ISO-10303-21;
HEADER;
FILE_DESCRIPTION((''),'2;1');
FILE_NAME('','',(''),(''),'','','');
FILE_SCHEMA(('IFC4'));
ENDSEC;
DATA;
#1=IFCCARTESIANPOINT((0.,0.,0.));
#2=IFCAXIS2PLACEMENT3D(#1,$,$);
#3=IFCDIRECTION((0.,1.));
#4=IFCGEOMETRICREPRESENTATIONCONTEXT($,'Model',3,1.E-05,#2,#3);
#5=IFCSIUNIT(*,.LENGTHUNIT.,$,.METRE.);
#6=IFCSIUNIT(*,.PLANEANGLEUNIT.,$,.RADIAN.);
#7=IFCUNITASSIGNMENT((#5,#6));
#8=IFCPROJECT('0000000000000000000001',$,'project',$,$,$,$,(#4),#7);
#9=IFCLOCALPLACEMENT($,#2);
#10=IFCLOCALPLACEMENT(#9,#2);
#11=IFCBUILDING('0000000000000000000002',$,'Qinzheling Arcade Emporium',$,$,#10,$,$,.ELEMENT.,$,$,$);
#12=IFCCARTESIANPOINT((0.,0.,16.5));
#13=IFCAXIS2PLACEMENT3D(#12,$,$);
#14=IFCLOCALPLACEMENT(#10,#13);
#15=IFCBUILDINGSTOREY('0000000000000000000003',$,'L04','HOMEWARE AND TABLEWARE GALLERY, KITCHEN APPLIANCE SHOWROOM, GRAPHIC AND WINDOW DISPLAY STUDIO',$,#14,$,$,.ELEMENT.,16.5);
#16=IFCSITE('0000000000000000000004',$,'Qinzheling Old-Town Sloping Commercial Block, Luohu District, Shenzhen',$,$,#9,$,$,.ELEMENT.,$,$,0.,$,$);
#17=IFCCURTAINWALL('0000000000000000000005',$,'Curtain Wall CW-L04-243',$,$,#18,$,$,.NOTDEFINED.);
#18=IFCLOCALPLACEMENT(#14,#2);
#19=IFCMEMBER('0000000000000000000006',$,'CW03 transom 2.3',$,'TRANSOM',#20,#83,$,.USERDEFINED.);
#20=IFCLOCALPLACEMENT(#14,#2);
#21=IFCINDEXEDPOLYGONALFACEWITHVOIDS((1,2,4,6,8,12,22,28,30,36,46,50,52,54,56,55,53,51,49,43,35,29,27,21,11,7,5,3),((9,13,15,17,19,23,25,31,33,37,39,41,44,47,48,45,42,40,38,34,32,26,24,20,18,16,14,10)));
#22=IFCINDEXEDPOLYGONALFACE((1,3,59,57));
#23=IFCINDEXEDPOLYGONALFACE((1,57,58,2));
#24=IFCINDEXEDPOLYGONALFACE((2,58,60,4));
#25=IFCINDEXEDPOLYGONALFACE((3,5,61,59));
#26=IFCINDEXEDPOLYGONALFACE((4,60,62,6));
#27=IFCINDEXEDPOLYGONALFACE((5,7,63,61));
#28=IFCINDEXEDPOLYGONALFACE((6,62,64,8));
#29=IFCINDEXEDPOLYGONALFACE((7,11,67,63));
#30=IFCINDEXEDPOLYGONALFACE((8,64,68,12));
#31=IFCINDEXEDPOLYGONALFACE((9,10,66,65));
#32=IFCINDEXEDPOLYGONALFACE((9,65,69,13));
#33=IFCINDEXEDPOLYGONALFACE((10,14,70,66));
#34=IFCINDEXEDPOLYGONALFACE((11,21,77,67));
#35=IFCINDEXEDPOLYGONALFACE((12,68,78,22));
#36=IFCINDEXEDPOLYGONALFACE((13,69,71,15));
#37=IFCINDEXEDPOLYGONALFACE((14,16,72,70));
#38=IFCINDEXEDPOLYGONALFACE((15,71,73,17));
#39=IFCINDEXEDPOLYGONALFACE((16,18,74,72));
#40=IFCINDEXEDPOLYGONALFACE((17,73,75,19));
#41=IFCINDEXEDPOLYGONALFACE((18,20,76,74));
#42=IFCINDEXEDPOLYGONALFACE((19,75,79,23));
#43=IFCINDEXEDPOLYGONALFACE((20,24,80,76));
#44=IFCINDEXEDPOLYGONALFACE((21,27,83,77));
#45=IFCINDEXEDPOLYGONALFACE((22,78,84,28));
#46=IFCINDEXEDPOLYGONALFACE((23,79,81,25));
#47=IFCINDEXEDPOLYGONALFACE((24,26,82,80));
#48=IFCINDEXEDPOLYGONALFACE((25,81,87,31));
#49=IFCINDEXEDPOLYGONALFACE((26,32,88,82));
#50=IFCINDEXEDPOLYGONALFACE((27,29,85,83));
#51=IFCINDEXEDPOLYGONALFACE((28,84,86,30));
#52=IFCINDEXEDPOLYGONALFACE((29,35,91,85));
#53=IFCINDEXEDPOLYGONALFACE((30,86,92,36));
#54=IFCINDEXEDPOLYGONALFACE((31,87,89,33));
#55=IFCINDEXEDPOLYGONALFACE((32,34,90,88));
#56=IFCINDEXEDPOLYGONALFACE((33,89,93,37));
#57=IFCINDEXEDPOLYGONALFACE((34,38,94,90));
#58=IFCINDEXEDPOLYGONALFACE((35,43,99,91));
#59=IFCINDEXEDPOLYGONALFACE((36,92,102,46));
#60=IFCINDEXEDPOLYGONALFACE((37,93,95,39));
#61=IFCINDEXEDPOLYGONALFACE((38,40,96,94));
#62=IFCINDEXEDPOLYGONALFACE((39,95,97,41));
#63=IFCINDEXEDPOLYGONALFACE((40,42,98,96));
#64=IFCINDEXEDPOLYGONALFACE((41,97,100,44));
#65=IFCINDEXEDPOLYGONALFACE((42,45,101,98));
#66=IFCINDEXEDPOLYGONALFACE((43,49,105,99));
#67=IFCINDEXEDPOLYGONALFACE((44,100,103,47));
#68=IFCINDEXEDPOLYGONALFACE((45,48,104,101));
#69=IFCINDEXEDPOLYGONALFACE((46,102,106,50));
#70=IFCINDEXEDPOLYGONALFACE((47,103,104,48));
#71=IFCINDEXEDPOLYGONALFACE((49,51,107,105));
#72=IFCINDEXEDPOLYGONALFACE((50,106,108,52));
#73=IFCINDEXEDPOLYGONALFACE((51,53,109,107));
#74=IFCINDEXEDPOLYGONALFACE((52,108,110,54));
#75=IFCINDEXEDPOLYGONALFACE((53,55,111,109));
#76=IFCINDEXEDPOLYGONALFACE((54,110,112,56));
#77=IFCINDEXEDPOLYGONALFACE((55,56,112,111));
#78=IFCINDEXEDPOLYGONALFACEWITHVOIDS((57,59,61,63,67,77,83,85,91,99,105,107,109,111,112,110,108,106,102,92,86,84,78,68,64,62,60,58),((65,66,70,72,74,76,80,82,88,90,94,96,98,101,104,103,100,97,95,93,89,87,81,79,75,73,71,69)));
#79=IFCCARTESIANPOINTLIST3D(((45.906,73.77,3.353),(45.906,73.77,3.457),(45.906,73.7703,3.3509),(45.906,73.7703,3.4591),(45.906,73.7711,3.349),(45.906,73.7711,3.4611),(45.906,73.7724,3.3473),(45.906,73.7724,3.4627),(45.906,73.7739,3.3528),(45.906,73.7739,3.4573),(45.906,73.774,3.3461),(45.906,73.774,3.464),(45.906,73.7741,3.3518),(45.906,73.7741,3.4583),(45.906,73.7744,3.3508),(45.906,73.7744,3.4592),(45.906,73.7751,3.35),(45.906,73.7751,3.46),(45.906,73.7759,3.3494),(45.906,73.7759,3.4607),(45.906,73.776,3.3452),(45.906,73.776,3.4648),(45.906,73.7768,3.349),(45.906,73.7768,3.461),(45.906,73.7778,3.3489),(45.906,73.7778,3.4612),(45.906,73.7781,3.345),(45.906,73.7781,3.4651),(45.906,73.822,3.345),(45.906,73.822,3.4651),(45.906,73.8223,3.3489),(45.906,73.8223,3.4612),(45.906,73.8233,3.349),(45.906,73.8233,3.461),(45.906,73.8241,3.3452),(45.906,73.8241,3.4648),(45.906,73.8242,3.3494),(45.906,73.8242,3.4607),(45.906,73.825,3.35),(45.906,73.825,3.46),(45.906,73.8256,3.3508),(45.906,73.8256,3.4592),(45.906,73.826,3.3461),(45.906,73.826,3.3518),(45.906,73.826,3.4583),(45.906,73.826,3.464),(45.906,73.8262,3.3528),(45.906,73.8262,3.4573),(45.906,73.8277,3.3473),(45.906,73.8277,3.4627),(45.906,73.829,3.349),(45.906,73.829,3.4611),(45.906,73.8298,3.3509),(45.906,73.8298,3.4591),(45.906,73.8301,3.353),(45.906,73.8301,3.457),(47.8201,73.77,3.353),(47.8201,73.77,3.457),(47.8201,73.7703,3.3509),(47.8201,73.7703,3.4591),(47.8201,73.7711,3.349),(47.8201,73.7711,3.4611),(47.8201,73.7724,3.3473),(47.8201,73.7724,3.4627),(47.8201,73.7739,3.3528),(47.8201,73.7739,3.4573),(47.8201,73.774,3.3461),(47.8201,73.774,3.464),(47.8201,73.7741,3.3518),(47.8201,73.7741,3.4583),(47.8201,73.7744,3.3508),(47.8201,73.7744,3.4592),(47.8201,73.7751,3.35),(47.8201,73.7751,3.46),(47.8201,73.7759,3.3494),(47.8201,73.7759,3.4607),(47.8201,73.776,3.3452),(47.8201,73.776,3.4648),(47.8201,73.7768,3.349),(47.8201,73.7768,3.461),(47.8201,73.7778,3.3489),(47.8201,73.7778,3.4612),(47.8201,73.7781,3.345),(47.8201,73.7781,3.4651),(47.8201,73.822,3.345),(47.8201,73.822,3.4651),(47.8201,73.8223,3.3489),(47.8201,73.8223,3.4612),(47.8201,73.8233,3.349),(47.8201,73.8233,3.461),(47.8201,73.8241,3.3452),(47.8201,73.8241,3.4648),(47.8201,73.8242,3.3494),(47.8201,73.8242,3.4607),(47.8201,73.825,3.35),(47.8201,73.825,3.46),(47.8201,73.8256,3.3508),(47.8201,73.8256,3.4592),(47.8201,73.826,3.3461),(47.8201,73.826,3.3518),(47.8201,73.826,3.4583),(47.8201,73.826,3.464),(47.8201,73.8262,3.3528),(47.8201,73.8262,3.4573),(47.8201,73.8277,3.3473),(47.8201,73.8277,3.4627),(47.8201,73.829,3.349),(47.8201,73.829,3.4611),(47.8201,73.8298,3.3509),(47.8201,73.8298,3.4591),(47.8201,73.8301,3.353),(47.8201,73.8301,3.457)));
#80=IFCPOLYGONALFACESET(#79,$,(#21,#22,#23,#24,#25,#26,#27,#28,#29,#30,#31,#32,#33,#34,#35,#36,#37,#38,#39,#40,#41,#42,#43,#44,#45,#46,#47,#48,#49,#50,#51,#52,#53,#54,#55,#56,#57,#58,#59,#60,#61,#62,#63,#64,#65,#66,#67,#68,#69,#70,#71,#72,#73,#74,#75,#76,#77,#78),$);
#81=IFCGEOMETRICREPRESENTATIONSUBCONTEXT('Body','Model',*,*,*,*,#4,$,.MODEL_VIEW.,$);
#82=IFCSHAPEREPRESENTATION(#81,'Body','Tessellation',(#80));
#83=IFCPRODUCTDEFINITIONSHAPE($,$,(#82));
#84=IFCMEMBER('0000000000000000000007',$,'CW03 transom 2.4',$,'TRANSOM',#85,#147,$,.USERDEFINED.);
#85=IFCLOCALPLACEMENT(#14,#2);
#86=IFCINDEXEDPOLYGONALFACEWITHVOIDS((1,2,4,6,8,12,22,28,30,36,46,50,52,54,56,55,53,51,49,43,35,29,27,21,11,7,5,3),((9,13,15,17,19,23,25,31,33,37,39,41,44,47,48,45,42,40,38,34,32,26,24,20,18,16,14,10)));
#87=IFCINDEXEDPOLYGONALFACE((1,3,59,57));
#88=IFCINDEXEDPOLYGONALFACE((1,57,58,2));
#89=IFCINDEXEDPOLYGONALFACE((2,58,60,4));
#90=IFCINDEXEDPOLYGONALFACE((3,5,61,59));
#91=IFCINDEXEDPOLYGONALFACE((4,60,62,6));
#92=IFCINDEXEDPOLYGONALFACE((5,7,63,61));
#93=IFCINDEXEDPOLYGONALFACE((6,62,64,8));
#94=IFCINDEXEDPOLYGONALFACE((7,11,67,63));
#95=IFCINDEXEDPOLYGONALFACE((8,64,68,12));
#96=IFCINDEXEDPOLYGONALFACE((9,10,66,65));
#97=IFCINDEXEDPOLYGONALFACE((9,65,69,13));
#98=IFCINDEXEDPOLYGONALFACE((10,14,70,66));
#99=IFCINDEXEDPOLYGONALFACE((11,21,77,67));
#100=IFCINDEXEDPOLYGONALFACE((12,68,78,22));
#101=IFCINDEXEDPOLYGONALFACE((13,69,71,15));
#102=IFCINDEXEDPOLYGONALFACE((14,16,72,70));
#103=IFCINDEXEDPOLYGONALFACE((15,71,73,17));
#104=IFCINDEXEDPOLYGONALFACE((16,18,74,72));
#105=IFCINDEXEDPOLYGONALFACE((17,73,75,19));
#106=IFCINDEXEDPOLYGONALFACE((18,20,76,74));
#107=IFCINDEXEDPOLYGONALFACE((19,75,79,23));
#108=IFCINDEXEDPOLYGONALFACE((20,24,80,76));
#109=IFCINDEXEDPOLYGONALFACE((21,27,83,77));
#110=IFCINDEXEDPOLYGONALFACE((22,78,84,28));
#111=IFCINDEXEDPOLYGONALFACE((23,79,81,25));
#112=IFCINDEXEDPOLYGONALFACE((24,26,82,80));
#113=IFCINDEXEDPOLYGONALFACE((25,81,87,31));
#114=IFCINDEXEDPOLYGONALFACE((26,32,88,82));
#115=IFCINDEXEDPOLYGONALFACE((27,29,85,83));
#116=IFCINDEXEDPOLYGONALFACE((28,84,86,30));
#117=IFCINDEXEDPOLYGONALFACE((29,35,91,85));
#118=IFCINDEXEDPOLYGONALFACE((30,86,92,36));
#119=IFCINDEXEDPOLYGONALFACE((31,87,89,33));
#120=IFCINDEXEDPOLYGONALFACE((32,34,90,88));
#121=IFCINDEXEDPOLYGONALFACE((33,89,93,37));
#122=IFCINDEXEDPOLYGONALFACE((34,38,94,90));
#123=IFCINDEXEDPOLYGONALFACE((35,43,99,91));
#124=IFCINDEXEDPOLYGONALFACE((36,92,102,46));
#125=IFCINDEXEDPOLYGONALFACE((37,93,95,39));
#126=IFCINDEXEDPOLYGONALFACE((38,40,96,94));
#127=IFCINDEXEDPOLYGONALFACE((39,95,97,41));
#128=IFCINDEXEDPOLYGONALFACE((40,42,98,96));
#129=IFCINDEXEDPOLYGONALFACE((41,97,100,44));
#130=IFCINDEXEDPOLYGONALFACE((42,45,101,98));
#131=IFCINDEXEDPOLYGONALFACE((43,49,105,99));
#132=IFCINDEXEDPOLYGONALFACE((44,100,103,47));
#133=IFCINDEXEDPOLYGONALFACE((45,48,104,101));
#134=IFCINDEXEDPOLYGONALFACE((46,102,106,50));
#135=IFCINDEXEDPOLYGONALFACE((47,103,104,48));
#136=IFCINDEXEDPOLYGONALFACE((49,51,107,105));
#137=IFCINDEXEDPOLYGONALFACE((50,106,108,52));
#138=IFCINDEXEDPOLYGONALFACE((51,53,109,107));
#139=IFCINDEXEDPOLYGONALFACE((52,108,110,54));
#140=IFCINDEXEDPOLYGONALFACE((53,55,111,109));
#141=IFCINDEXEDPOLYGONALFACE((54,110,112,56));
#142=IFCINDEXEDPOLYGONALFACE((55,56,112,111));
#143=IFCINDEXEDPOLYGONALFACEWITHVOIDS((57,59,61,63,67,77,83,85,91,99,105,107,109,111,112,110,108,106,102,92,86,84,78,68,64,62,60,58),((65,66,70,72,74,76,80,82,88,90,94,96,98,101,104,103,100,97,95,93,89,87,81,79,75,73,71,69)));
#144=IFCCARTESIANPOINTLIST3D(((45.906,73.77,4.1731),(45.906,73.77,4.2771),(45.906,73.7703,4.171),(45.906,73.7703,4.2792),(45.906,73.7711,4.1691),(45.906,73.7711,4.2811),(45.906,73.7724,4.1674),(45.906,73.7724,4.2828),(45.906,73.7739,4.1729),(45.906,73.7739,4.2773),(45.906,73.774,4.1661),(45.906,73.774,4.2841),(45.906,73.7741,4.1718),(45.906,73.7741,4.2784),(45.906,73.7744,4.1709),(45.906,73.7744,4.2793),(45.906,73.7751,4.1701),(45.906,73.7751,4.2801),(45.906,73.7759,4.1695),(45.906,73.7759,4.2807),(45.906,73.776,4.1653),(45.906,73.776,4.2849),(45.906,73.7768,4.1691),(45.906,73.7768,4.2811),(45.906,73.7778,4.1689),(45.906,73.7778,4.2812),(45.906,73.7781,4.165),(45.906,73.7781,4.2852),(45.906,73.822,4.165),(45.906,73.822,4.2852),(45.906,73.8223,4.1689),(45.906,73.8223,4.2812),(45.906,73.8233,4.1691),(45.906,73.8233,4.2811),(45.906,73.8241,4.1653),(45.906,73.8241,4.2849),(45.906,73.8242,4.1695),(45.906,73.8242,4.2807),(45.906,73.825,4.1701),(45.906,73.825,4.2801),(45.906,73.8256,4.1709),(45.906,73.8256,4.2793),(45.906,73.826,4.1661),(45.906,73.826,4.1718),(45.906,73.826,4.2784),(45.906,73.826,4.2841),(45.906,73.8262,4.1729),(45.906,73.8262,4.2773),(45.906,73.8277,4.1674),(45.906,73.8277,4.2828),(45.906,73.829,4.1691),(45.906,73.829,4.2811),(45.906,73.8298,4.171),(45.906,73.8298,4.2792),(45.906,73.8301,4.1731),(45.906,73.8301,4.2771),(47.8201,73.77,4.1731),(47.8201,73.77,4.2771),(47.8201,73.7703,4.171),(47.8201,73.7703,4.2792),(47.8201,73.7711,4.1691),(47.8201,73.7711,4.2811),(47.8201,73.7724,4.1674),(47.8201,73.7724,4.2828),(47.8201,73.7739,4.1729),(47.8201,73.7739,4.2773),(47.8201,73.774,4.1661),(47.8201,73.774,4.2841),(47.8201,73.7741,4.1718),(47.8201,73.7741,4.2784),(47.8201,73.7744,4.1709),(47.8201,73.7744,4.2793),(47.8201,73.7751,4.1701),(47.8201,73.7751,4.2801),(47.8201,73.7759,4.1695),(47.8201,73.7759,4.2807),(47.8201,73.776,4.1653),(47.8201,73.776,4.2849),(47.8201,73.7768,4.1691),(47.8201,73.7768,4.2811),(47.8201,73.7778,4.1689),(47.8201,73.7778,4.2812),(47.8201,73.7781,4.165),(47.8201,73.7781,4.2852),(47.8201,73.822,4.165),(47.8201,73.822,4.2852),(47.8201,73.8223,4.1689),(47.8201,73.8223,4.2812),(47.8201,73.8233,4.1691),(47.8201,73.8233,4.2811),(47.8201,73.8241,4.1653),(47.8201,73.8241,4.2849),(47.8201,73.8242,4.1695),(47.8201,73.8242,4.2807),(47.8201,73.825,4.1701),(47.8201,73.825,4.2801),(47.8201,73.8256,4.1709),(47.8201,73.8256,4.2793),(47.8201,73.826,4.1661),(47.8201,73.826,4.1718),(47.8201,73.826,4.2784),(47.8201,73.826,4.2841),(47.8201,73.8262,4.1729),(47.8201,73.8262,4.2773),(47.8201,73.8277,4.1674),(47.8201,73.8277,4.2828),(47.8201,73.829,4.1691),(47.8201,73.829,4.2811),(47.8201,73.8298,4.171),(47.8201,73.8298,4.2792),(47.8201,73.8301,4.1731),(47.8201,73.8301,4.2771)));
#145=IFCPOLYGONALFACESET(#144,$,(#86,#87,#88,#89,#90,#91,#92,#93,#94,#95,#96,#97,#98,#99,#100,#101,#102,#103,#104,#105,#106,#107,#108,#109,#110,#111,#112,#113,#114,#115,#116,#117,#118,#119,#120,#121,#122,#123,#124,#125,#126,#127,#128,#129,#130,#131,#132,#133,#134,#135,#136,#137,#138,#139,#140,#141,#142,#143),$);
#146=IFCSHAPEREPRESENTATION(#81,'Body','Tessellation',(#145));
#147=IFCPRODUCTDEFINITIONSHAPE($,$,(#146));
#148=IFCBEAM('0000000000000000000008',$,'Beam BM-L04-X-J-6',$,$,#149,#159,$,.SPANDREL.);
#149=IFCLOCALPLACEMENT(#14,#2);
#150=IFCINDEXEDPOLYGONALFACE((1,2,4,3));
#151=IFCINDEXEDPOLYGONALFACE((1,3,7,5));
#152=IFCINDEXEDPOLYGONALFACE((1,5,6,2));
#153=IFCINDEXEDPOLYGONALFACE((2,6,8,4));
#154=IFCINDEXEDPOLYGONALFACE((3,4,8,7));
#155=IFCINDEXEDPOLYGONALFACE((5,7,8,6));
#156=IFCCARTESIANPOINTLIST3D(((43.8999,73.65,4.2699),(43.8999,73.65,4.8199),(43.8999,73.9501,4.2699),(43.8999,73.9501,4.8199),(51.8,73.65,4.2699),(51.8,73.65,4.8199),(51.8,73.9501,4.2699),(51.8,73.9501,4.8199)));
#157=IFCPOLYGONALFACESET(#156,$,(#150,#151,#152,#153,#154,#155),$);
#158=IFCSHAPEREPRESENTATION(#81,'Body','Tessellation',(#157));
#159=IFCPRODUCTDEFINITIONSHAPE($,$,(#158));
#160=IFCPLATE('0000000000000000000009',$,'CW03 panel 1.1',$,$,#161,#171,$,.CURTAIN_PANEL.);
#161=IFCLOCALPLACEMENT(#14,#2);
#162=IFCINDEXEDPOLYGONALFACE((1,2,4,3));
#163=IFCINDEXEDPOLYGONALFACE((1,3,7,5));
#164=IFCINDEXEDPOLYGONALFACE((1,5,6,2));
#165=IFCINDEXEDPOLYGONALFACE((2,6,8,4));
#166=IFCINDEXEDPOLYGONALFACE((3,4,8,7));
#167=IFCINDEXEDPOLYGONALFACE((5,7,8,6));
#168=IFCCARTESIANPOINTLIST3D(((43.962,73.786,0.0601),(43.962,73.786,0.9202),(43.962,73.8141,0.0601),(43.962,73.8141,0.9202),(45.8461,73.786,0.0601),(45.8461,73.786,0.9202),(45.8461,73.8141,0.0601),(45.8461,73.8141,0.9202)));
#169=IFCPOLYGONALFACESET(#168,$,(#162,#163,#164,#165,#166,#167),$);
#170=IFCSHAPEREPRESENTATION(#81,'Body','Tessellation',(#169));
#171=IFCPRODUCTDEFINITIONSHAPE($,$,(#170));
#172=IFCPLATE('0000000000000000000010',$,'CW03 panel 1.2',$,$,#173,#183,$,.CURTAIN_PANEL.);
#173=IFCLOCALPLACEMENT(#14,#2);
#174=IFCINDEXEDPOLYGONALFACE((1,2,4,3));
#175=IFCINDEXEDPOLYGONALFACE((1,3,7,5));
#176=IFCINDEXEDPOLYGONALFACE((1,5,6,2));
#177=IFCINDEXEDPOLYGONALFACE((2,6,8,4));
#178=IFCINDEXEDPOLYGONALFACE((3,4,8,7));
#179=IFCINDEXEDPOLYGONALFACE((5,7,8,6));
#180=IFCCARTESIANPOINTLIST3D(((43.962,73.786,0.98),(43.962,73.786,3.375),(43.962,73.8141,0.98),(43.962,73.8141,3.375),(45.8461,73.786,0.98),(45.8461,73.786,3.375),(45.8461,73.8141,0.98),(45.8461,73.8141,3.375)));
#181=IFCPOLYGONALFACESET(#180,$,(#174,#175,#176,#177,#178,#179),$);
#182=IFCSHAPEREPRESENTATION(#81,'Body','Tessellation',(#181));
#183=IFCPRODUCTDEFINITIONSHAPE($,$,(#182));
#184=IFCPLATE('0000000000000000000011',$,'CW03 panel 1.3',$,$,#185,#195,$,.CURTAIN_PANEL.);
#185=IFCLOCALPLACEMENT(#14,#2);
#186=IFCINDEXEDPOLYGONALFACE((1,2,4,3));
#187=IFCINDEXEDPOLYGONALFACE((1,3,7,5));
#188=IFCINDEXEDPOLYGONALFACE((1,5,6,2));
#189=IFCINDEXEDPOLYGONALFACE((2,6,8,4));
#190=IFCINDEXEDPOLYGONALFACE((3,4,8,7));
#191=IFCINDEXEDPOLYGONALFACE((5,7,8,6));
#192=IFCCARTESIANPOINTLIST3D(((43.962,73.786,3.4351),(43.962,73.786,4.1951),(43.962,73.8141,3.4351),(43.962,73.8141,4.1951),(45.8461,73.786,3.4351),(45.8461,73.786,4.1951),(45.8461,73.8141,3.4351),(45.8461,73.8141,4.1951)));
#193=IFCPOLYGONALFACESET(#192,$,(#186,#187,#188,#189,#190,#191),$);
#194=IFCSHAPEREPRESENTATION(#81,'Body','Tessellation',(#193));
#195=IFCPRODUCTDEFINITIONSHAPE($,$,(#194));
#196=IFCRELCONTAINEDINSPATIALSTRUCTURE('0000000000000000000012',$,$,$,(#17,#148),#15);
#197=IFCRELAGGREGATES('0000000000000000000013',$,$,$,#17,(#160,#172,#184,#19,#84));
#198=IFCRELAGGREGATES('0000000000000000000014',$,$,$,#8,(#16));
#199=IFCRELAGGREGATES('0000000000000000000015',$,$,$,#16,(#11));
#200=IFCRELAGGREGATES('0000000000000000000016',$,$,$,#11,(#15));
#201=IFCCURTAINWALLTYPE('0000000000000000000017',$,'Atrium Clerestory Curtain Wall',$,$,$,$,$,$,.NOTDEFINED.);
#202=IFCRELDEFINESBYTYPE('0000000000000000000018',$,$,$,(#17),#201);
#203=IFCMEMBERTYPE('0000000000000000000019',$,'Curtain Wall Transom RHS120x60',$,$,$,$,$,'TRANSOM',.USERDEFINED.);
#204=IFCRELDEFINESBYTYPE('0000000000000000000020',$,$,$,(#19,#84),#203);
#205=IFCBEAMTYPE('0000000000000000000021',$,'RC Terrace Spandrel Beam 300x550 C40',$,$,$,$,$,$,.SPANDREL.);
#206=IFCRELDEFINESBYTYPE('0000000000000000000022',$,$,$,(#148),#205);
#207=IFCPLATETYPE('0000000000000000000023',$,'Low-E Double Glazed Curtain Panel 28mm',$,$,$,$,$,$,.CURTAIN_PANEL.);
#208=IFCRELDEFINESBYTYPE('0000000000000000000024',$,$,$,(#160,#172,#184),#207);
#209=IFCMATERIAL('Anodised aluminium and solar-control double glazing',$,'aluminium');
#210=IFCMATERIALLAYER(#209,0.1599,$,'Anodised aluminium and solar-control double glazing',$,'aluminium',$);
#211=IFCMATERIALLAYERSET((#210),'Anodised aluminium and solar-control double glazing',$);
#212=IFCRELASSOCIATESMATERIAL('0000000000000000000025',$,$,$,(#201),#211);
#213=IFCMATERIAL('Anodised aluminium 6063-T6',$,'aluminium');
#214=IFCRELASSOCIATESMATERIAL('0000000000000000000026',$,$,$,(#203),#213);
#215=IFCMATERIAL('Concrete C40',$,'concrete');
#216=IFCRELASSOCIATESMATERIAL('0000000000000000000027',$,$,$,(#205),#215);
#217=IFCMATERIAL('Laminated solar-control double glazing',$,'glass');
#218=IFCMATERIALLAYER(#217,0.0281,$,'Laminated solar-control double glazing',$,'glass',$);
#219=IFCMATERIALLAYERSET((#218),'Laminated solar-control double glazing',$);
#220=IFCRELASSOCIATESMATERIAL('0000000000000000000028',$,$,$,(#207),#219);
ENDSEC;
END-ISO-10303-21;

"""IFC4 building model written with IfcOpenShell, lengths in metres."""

from ifc_helpers import new_model, si_unit, direction, frame, origin, origin_2d, place, context, subcontext, project, spatial, rectangle, hollow_rectangle, extrude, material, layer, layer_set, material_profile, profile_set, type_object, element, aggregate, save


model = new_model("IFC4")

# Units and contexts
model_context = context("Model", 3, precision=1e-05, world=origin(), true_north=direction((0.0, 1.0)))
body_context = subcontext(model_context, "Body", "Model", "MODEL_VIEW")
ifc_project = project(units=[si_unit("LENGTHUNIT", "METRE"), si_unit("PLANEANGLEUNIT", "RADIAN")], contexts=[model_context])

# Site, building, storey
site_placement = place(None, origin())
site = spatial("IfcSite", under=ifc_project, at=site_placement, Name="Qinzheling Old-Town Sloping Commercial Block, Luohu District, Shenzhen", CompositionType="ELEMENT", RefElevation=0.0)
building_placement = place(site_placement, origin())
building = spatial("IfcBuilding", under=site, at=building_placement, Name="Qinzheling Arcade Emporium", CompositionType="ELEMENT")
storey_placement = place(building_placement, frame((0.0, 0.0, 16.5)))
storey = spatial("IfcBuildingStorey", under=building, at=storey_placement, Name="L04", Description="HOMEWARE AND TABLEWARE GALLERY, KITCHEN APPLIANCE SHOWROOM, GRAPHIC AND WINDOW DISPLAY STUDIO", CompositionType="ELEMENT", Elevation=16.5)

# Curtain wall, members
ifc_material_1 = material(Name="Anodised aluminium and solar-control double glazing", Category="aluminium")
ifc_layer_1 = layer(ifc_material_1, 0.1599, Name="Anodised aluminium and solar-control double glazing", Category="aluminium")
ifc_layer_set_1 = layer_set([ifc_layer_1], Name="Anodised aluminium and solar-control double glazing")
curtain_wall_type = type_object("IfcCurtainWallType", Name="Atrium Clerestory Curtain Wall", PredefinedType="NOTDEFINED", material=ifc_layer_set_1)
curtain_wall_placement = place(storey_placement, origin())
curtain_wall = element("IfcCurtainWall", 1, at=curtain_wall_placement, inside=storey, type_object=curtain_wall_type, Name="Curtain Wall CW-L04-243", PredefinedType="NOTDEFINED")
ifc_material_2 = material(Name="Anodised aluminium 6063-T6", Category="aluminium")
ifc_material_profile_1 = material_profile(ifc_material_2, hollow_rectangle(XDim=0.0601, YDim=0.1201, WallThickness=0.0039, InnerFilletRadius=0.0039, OuterFilletRadius=0.0081, at=origin_2d()), Name="RHS 120x60x4", Category="aluminium")
ifc_profile_set_1 = profile_set([ifc_material_profile_1], Name="Anodised aluminium 6063-T6")
member_type_1 = type_object("IfcMemberType", Name="Curtain Wall Transom RHS120x60", ElementType="TRANSOM", PredefinedType="USERDEFINED", material=ifc_profile_set_1)
member_1_placement = place(storey_placement, frame((45.906, 73.8, 3.405), z_axis=(1.0, 0.0, 0.0), x_axis=(0.0, 1.0, 0.0)))
member_1 = element("IfcMember", 2, at=member_1_placement, type_object=member_type_1, Name="CW03 transom 2.3", ObjectType="TRANSOM", PredefinedType="USERDEFINED", context=body_context, shape_type="SweptSolid", body=[
    extrude(hollow_rectangle(XDim=0.0601, YDim=0.1201, WallThickness=0.0039, InnerFilletRadius=0.0039, OuterFilletRadius=0.0081, at=origin_2d()), origin(), (0.0, 0.0, 1.0), 1.9141),
])
member_2_placement = place(storey_placement, frame((45.906, 73.8, 4.2251), z_axis=(1.0, 0.0, 0.0), x_axis=(0.0, 1.0, 0.0)))
member_2 = element("IfcMember", 3, at=member_2_placement, type_object=member_type_1, Name="CW03 transom 2.4", ObjectType="TRANSOM", PredefinedType="USERDEFINED", context=body_context, shape_type="SweptSolid", body=[
    extrude(hollow_rectangle(XDim=0.0601, YDim=0.1201, WallThickness=0.0039, InnerFilletRadius=0.0039, OuterFilletRadius=0.0081, at=origin_2d()), origin(), (0.0, 0.0, 1.0), 1.9141),
])

# Beam
ifc_material_3 = material(Name="Concrete C40", Category="concrete")
ifc_material_profile_2 = material_profile(ifc_material_3, rectangle(XDim=0.3, YDim=0.55, at=origin_2d()), Name="RC 300x550", Category="concrete")
ifc_profile_set_2 = profile_set([ifc_material_profile_2], Name="Concrete C40")
beam_type = type_object("IfcBeamType", Name="RC Terrace Spandrel Beam 300x550 C40", PredefinedType="SPANDREL", material=ifc_profile_set_2)
beam_placement = place(storey_placement, frame((43.8999, 73.8, 4.5449), z_axis=(1.0, 0.0, 0.0), x_axis=(0.0, 1.0, 0.0)))
element("IfcBeam", 4, at=beam_placement, inside=storey, type_object=beam_type, Name="Beam BM-L04-X-J-6", PredefinedType="SPANDREL", context=body_context, shape_type="SweptSolid", body=[
    extrude(rectangle(XDim=0.3, YDim=0.55, at=origin_2d()), origin(), (0.0, 0.0, 1.0), 7.9001),
])

# Plates
ifc_material_4 = material(Name="Laminated solar-control double glazing", Category="glass")
ifc_layer_2 = layer(ifc_material_4, 0.0281, Name="Laminated solar-control double glazing", Category="glass")
ifc_layer_set_2 = layer_set([ifc_layer_2], Name="Laminated solar-control double glazing")
plate_type = type_object("IfcPlateType", Name="Low-E Double Glazed Curtain Panel 28mm", PredefinedType="CURTAIN_PANEL", material=ifc_layer_set_2)
plate_1_placement = place(storey_placement, frame((44.9041, 73.8, 0.0601), z_axis=(0.0, 0.0, 1.0), x_axis=(1.0, 0.0, 0.0)))
plate_1 = element("IfcPlate", 5, at=plate_1_placement, type_object=plate_type, Name="CW03 panel 1.1", PredefinedType="CURTAIN_PANEL", context=body_context, shape_type="SweptSolid", body=[
    extrude(rectangle(XDim=1.884, YDim=0.0281, at=origin_2d()), origin(), (0.0, 0.0, 1.0), 0.8601),
])
plate_2_placement = place(storey_placement, frame((44.9041, 73.8, 0.98), z_axis=(0.0, 0.0, 1.0), x_axis=(1.0, 0.0, 0.0)))
plate_2 = element("IfcPlate", 6, at=plate_2_placement, type_object=plate_type, Name="CW03 panel 1.2", PredefinedType="CURTAIN_PANEL", context=body_context, shape_type="SweptSolid", body=[
    extrude(rectangle(XDim=1.884, YDim=0.0281, at=origin_2d()), origin(), (0.0, 0.0, 1.0), 2.395),
])
plate_3_placement = place(storey_placement, frame((44.9041, 73.8, 3.4351), z_axis=(0.0, 0.0, 1.0), x_axis=(1.0, 0.0, 0.0)))
plate_3 = element("IfcPlate", 7, at=plate_3_placement, type_object=plate_type, Name="CW03 panel 1.3", PredefinedType="CURTAIN_PANEL", context=body_context, shape_type="SweptSolid", body=[
    extrude(rectangle(XDim=1.884, YDim=0.0281, at=origin_2d()), origin(), (0.0, 0.0, 1.0), 0.76),
])
aggregate(curtain_wall, [plate_1, plate_2, plate_3, member_1, member_2])

save(model, "model.ifc")
